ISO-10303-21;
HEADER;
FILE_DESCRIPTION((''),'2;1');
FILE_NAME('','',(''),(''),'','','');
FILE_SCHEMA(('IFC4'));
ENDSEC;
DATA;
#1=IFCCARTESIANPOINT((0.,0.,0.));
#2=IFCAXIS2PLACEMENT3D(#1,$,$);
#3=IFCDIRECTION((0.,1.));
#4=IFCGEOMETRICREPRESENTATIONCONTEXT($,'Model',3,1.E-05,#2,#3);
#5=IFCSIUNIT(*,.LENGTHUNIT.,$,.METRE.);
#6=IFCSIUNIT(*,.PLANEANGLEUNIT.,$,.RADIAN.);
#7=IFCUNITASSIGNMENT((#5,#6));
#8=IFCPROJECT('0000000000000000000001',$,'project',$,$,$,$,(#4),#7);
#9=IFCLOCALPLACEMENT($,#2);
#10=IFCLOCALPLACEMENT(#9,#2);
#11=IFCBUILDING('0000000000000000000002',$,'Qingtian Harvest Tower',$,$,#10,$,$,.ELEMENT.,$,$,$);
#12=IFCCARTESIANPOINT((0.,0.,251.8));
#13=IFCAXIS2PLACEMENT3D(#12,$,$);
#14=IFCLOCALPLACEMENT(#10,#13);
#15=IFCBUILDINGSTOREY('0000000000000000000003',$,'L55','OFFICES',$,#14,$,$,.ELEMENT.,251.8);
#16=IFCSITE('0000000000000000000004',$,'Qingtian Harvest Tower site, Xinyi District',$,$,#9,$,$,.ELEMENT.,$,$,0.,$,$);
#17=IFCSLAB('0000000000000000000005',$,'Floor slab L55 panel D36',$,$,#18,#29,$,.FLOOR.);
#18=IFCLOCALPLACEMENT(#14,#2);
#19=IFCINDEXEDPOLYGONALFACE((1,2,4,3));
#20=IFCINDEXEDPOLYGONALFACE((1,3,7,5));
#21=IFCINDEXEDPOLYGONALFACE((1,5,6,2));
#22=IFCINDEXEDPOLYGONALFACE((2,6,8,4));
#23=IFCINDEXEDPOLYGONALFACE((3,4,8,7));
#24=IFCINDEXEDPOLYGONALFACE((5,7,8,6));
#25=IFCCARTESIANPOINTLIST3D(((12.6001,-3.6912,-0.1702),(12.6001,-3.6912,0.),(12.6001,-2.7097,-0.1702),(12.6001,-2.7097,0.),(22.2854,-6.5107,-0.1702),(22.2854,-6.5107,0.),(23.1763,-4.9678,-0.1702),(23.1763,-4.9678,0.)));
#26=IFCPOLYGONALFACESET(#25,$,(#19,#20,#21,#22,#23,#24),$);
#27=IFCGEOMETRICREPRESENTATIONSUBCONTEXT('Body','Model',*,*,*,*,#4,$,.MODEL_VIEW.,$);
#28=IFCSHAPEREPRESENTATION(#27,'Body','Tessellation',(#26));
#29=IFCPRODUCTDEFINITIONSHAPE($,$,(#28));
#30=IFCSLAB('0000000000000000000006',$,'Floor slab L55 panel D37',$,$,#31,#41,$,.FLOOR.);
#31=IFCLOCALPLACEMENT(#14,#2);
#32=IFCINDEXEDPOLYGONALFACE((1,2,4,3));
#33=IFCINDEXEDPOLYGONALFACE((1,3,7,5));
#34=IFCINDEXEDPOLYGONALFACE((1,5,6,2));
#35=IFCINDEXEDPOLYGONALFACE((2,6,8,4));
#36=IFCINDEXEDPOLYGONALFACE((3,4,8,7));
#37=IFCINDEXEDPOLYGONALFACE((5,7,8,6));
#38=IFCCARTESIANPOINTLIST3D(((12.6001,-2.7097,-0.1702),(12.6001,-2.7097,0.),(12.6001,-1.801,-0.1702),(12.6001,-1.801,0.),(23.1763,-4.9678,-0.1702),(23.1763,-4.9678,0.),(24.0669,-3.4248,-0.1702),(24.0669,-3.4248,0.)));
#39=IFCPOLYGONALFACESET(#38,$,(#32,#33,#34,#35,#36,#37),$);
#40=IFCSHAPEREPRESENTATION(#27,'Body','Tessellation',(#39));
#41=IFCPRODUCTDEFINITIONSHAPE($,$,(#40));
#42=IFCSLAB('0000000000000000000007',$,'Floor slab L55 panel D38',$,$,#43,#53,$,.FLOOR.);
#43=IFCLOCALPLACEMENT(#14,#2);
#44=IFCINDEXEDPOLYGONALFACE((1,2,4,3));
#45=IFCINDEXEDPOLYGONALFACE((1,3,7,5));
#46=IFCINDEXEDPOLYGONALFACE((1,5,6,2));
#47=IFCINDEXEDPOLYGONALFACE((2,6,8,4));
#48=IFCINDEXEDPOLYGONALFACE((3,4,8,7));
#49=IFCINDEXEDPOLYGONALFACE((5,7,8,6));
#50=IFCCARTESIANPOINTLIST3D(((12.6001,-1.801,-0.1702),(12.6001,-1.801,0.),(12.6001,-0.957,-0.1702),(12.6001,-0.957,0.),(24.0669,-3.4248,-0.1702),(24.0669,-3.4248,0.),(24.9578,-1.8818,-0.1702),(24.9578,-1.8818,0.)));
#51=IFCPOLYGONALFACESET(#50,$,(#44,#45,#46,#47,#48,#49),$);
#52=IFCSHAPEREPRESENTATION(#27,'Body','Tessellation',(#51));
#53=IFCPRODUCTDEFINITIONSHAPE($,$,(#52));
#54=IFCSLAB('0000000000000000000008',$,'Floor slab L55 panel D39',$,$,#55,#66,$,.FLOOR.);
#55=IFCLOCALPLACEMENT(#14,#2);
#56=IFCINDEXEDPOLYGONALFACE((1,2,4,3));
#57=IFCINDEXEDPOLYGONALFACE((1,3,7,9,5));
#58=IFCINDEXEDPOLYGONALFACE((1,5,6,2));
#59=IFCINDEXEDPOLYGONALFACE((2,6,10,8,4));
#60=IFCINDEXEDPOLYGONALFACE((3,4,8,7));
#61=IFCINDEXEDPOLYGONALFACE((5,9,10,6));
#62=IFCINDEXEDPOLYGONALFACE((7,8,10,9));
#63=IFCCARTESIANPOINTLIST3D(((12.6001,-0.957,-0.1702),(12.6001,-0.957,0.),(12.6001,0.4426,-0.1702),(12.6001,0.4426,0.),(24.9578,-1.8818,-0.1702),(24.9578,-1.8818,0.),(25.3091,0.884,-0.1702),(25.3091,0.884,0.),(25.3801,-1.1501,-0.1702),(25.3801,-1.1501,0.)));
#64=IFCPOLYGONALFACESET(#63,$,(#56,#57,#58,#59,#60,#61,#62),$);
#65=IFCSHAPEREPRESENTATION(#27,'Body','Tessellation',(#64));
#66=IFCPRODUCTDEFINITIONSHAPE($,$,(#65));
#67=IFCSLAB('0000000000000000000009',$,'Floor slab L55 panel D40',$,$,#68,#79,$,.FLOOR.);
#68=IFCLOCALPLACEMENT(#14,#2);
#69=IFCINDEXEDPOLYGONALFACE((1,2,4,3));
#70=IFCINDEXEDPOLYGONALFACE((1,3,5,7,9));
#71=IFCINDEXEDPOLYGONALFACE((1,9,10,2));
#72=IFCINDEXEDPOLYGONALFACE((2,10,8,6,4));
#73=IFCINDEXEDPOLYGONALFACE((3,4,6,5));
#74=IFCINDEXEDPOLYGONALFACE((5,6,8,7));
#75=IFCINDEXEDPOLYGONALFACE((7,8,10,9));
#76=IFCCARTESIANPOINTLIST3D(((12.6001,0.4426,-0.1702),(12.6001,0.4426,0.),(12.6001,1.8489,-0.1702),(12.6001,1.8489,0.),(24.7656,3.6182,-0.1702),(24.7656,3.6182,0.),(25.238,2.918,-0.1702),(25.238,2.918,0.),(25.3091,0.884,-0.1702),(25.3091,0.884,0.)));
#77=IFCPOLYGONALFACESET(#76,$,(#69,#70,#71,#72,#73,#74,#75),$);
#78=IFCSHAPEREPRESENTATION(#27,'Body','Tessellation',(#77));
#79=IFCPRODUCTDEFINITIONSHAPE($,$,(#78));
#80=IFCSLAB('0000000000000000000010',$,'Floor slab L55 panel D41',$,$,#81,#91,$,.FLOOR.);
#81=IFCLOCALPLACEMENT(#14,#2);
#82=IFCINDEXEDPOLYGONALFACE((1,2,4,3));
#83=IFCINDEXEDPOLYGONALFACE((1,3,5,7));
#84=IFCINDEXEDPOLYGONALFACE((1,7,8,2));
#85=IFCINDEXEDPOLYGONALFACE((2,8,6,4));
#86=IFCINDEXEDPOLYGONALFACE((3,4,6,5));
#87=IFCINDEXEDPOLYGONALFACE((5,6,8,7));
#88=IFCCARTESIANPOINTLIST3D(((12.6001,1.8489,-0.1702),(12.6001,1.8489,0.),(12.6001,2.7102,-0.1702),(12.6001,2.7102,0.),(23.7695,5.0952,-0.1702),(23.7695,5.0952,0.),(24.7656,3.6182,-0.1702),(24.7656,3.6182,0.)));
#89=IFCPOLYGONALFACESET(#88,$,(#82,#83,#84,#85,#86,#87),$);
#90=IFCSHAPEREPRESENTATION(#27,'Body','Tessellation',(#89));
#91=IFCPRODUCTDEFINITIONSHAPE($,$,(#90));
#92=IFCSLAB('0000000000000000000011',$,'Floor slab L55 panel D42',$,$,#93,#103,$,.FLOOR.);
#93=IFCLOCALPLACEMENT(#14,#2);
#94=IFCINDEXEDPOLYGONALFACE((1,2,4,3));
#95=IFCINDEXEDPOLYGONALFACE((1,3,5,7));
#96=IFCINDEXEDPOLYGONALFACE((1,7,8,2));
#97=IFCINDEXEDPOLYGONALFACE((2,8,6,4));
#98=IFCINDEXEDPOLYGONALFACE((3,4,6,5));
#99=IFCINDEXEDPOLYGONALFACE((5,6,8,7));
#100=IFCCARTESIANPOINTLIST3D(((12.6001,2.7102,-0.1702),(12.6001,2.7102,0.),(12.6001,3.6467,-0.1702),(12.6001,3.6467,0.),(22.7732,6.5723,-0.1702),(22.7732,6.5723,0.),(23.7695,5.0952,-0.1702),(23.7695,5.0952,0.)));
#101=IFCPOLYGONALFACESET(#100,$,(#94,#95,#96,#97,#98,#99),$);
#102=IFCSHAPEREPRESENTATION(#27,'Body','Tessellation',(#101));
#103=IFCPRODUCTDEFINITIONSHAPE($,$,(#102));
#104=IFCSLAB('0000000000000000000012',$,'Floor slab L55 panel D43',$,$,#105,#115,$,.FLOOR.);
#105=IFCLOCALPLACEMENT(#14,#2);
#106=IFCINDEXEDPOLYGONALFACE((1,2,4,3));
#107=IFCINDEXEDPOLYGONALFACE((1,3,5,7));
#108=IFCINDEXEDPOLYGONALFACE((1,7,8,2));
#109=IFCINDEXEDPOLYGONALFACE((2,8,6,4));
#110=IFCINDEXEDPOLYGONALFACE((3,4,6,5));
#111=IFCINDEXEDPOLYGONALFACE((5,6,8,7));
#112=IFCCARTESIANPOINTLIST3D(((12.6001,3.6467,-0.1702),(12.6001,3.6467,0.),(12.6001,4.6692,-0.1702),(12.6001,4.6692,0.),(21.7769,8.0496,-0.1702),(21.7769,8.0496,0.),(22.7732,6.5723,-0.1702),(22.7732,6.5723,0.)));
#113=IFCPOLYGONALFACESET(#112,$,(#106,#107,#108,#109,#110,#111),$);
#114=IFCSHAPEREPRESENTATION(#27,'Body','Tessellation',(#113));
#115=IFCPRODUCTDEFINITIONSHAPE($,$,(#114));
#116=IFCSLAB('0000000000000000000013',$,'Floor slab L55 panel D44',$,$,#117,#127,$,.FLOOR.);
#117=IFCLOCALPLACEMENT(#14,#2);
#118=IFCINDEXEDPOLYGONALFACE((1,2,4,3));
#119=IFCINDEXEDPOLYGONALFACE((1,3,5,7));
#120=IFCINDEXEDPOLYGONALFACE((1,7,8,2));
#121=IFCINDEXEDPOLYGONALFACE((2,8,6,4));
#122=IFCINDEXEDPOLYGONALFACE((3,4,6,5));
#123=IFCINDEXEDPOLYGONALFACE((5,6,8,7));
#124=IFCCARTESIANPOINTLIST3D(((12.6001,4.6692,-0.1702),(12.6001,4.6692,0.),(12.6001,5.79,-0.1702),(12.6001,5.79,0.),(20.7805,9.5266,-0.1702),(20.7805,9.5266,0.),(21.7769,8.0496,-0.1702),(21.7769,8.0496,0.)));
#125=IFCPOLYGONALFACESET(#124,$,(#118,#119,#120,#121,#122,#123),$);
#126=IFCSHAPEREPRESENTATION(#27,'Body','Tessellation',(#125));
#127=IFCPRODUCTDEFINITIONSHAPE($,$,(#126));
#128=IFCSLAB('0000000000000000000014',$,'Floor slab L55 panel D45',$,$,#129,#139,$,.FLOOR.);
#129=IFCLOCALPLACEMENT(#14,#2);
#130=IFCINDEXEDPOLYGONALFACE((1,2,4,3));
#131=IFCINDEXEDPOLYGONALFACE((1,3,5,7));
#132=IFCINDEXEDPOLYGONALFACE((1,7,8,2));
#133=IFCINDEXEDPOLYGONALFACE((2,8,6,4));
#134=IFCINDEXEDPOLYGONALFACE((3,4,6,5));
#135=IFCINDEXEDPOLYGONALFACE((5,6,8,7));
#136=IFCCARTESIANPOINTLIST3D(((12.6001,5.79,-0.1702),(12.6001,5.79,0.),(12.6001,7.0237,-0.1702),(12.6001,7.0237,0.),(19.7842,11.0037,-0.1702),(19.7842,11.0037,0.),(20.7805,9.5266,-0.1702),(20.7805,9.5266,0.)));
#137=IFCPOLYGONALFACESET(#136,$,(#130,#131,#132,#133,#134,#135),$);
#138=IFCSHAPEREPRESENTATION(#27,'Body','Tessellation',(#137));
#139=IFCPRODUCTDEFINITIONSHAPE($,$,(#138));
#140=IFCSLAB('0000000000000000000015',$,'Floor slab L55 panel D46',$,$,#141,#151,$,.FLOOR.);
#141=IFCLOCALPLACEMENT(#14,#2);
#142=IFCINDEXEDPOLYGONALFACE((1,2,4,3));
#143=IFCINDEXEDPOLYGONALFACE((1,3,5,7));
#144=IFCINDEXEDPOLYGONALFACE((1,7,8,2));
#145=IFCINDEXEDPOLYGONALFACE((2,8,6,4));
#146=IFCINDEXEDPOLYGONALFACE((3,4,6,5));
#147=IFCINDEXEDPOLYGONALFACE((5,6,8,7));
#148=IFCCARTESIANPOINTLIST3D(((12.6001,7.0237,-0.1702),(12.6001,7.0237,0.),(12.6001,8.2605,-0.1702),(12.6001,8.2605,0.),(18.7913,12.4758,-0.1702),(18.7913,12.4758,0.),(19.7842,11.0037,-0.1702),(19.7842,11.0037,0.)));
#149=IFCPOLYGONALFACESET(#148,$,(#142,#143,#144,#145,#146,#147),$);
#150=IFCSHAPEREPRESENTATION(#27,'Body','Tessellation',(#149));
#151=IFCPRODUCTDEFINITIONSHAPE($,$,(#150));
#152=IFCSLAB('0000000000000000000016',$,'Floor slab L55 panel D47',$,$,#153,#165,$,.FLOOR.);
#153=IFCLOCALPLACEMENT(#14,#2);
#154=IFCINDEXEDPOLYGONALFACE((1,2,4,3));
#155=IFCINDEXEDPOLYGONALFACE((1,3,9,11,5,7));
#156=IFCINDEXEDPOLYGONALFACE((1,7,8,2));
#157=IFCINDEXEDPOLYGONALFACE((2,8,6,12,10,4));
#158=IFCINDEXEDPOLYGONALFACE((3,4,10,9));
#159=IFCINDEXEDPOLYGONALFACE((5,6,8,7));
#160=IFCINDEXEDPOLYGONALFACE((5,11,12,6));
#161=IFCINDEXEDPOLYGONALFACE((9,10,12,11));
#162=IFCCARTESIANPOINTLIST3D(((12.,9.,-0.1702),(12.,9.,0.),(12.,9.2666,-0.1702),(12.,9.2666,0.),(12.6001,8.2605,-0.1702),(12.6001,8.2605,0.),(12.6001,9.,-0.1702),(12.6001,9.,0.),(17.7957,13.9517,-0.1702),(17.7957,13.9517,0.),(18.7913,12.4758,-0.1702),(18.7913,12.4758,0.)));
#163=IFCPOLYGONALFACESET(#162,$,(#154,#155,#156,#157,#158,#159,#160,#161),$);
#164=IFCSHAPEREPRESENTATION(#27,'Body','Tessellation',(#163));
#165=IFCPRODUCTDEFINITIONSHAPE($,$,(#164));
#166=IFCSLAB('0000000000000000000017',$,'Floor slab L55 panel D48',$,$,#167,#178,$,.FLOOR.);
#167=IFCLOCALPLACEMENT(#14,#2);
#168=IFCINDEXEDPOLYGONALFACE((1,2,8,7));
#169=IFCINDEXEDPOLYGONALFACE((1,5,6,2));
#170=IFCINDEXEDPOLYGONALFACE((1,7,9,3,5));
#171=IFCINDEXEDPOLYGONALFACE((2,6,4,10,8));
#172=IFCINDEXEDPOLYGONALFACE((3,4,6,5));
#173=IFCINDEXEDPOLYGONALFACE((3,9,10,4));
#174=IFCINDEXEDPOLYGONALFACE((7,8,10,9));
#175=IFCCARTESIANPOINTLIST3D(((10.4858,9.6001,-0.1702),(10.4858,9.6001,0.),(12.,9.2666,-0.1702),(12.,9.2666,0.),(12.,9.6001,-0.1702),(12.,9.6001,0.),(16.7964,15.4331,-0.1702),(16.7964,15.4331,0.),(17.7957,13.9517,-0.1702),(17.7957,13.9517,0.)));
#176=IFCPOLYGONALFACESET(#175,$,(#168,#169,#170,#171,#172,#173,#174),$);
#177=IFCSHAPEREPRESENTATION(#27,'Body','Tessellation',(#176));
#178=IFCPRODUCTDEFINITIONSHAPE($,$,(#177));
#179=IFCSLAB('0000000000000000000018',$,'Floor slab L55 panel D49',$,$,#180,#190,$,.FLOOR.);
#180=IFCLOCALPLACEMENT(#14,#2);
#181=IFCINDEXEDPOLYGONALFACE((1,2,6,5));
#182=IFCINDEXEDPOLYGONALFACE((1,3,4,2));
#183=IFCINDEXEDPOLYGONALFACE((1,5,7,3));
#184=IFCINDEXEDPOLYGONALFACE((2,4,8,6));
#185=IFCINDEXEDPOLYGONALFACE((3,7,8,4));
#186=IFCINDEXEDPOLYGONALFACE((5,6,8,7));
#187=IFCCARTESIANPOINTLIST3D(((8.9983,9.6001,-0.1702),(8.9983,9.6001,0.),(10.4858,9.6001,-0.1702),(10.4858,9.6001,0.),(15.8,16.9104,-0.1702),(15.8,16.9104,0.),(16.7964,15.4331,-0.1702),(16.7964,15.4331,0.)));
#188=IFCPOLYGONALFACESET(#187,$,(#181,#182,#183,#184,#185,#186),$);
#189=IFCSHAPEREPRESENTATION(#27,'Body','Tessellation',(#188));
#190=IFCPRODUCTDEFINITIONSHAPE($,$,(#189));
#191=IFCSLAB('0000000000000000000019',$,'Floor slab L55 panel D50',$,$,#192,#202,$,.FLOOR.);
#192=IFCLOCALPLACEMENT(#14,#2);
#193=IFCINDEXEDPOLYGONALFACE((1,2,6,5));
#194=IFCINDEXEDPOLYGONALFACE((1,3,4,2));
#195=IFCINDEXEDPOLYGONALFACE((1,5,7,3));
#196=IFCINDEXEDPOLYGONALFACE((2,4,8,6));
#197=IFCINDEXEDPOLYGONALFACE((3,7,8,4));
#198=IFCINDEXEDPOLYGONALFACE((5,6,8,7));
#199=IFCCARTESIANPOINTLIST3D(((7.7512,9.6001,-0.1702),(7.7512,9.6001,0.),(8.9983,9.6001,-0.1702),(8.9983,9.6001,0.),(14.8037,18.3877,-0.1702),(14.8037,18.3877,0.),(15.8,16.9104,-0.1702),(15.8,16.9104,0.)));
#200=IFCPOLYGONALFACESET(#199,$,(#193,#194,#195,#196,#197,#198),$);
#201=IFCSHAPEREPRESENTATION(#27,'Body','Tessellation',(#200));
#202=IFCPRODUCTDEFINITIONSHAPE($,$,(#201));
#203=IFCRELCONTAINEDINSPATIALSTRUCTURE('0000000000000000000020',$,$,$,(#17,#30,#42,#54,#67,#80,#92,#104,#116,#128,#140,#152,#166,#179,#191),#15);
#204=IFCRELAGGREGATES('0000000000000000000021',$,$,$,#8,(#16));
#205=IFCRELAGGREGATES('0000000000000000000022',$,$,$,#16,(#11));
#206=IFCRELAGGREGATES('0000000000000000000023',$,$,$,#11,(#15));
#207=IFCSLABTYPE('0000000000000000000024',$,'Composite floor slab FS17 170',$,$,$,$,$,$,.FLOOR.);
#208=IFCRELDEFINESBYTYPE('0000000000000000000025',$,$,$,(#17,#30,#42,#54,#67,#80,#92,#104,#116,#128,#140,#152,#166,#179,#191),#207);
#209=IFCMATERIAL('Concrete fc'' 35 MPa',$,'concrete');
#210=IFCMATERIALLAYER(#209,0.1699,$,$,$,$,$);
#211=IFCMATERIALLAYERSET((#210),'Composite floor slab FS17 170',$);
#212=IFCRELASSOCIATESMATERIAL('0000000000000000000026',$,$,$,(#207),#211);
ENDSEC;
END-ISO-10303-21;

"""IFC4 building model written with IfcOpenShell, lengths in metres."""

from ifc_helpers import new_model, si_unit, direction, frame, origin, place, context, subcontext, project, spatial, polyline, outline, extrude, material, layer, layer_set, type_object, element, save


model = new_model("IFC4")

# Units and contexts
model_context = context("Model", 3, precision=1e-05, world=origin(), true_north=direction((0.0, 1.0)))
body_context = subcontext(model_context, "Body", "Model", "MODEL_VIEW")
ifc_project = project(units=[si_unit("LENGTHUNIT", "METRE"), si_unit("PLANEANGLEUNIT", "RADIAN")], contexts=[model_context])

# Site, building, storey
site_placement = place(None, origin())
site = spatial("IfcSite", under=ifc_project, at=site_placement, Name="Qingtian Harvest Tower site, Xinyi District", CompositionType="ELEMENT", RefElevation=0.0)
building_placement = place(site_placement, origin())
building = spatial("IfcBuilding", under=site, at=building_placement, Name="Qingtian Harvest Tower", CompositionType="ELEMENT")
storey_placement = place(building_placement, frame((0.0, 0.0, 251.8)))
storey = spatial("IfcBuildingStorey", under=building, at=storey_placement, Name="L55", Description="OFFICES", CompositionType="ELEMENT", Elevation=251.8)

# Slabs
ifc_material_1 = material(Name="Concrete fc' 35 MPa", Category="concrete")
ifc_layer_1 = layer(ifc_material_1, 0.1699)
ifc_layer_set_1 = layer_set([ifc_layer_1], Name="Composite floor slab FS17 170")
slab_type = type_object("IfcSlabType", Name="Composite floor slab FS17 170", PredefinedType="FLOOR", material=ifc_layer_set_1)
slab_1_placement = place(storey_placement, frame((0.0, 0.0, -0.1702)))
element("IfcSlab", 1, at=slab_1_placement, inside=storey, type_object=slab_type, Name="Floor slab L55 panel D36", PredefinedType="FLOOR", context=body_context, shape_type="SweptSolid", body=[
    extrude(outline(polyline([(12.6001, -2.7097), (23.1763, -4.9678), (22.2854, -6.5107), (12.6001, -3.6912), (12.6001, -2.7097)])), origin(), (0.0, 0.0, 1.0), 0.1702),
])
slab_2_placement = place(storey_placement, frame((0.0, 0.0, -0.1702)))
element("IfcSlab", 2, at=slab_2_placement, inside=storey, type_object=slab_type, Name="Floor slab L55 panel D37", PredefinedType="FLOOR", context=body_context, shape_type="SweptSolid", body=[
    extrude(outline(polyline([(12.6001, -1.801), (24.0669, -3.4248), (23.1763, -4.9678), (12.6001, -2.7097), (12.6001, -1.801)])), origin(), (0.0, 0.0, 1.0), 0.1702),
])
slab_3_placement = place(storey_placement, frame((0.0, 0.0, -0.1702)))
element("IfcSlab", 3, at=slab_3_placement, inside=storey, type_object=slab_type, Name="Floor slab L55 panel D38", PredefinedType="FLOOR", context=body_context, shape_type="SweptSolid", body=[
    extrude(outline(polyline([(12.6001, -0.957), (24.9578, -1.8818), (24.0669, -3.4248), (12.6001, -1.801), (12.6001, -0.957)])), origin(), (0.0, 0.0, 1.0), 0.1702),
])
slab_4_placement = place(storey_placement, frame((0.0, 0.0, -0.1702)))
element("IfcSlab", 4, at=slab_4_placement, inside=storey, type_object=slab_type, Name="Floor slab L55 panel D39", PredefinedType="FLOOR", context=body_context, shape_type="SweptSolid", body=[
    extrude(outline(polyline([(12.6001, -0.957), (12.6001, 0.4426), (25.3091, 0.884), (25.3801, -1.1501), (24.9578, -1.8818), (12.6001, -0.957)])), origin(), (0.0, 0.0, 1.0), 0.1702),
])
slab_5_placement = place(storey_placement, frame((0.0, 0.0, -0.1702)))
element("IfcSlab", 5, at=slab_5_placement, inside=storey, type_object=slab_type, Name="Floor slab L55 panel D40", PredefinedType="FLOOR", context=body_context, shape_type="SweptSolid", body=[
    extrude(outline(polyline([(12.6001, 0.4426), (12.6001, 1.8489), (24.7656, 3.6182), (25.238, 2.918), (25.3091, 0.884), (12.6001, 0.4426)])), origin(), (0.0, 0.0, 1.0), 0.1702),
])
slab_6_placement = place(storey_placement, frame((0.0, 0.0, -0.1702)))
element("IfcSlab", 6, at=slab_6_placement, inside=storey, type_object=slab_type, Name="Floor slab L55 panel D41", PredefinedType="FLOOR", context=body_context, shape_type="SweptSolid", body=[
    extrude(outline(polyline([(12.6001, 2.7102), (23.7695, 5.0952), (24.7656, 3.6182), (12.6001, 1.8489), (12.6001, 2.7102)])), origin(), (0.0, 0.0, 1.0), 0.1702),
])
slab_7_placement = place(storey_placement, frame((0.0, 0.0, -0.1702)))
element("IfcSlab", 7, at=slab_7_placement, inside=storey, type_object=slab_type, Name="Floor slab L55 panel D42", PredefinedType="FLOOR", context=body_context, shape_type="SweptSolid", body=[
    extrude(outline(polyline([(12.6001, 3.6467), (22.7732, 6.5723), (23.7695, 5.0952), (12.6001, 2.7102), (12.6001, 3.6467)])), origin(), (0.0, 0.0, 1.0), 0.1702),
])
slab_8_placement = place(storey_placement, frame((0.0, 0.0, -0.1702)))
element("IfcSlab", 8, at=slab_8_placement, inside=storey, type_object=slab_type, Name="Floor slab L55 panel D43", PredefinedType="FLOOR", context=body_context, shape_type="SweptSolid", body=[
    extrude(outline(polyline([(12.6001, 4.6692), (21.7769, 8.0496), (22.7732, 6.5723), (12.6001, 3.6467), (12.6001, 4.6692)])), origin(), (0.0, 0.0, 1.0), 0.1702),
])
slab_9_placement = place(storey_placement, frame((0.0, 0.0, -0.1702)))
element("IfcSlab", 9, at=slab_9_placement, inside=storey, type_object=slab_type, Name="Floor slab L55 panel D44", PredefinedType="FLOOR", context=body_context, shape_type="SweptSolid", body=[
    extrude(outline(polyline([(12.6001, 5.79), (20.7805, 9.5266), (21.7769, 8.0496), (12.6001, 4.6692), (12.6001, 5.79)])), origin(), (0.0, 0.0, 1.0), 0.1702),
])
slab_10_placement = place(storey_placement, frame((0.0, 0.0, -0.1702)))
element("IfcSlab", 10, at=slab_10_placement, inside=storey, type_object=slab_type, Name="Floor slab L55 panel D45", PredefinedType="FLOOR", context=body_context, shape_type="SweptSolid", body=[
    extrude(outline(polyline([(12.6001, 7.0237), (19.7842, 11.0037), (20.7805, 9.5266), (12.6001, 5.79), (12.6001, 7.0237)])), origin(), (0.0, 0.0, 1.0), 0.1702),
])
slab_11_placement = place(storey_placement, frame((0.0, 0.0, -0.1702)))
element("IfcSlab", 11, at=slab_11_placement, inside=storey, type_object=slab_type, Name="Floor slab L55 panel D46", PredefinedType="FLOOR", context=body_context, shape_type="SweptSolid", body=[
    extrude(outline(polyline([(12.6001, 8.2605), (18.7913, 12.4758), (19.7842, 11.0037), (12.6001, 7.0237), (12.6001, 8.2605)])), origin(), (0.0, 0.0, 1.0), 0.1702),
])
slab_12_placement = place(storey_placement, frame((0.0, 0.0, -0.1702)))
element("IfcSlab", 12, at=slab_12_placement, inside=storey, type_object=slab_type, Name="Floor slab L55 panel D47", PredefinedType="FLOOR", context=body_context, shape_type="SweptSolid", body=[
    extrude(outline(polyline([(12.6001, 9.0), (12.0, 9.0), (12.0, 9.2666), (17.7957, 13.9517), (18.7913, 12.4758), (12.6001, 8.2605), (12.6001, 9.0)])), origin(), (0.0, 0.0, 1.0), 0.1702),
])
slab_13_placement = place(storey_placement, frame((0.0, 0.0, -0.1702)))
element("IfcSlab", 13, at=slab_13_placement, inside=storey, type_object=slab_type, Name="Floor slab L55 panel D48", PredefinedType="FLOOR", context=body_context, shape_type="SweptSolid", body=[
    extrude(outline(polyline([(12.0, 9.6001), (10.4858, 9.6001), (16.7964, 15.4331), (17.7957, 13.9517), (12.0, 9.2666), (12.0, 9.6001)])), origin(), (0.0, 0.0, 1.0), 0.1702),
])
slab_14_placement = place(storey_placement, frame((0.0, 0.0, -0.1702)))
element("IfcSlab", 14, at=slab_14_placement, inside=storey, type_object=slab_type, Name="Floor slab L55 panel D49", PredefinedType="FLOOR", context=body_context, shape_type="SweptSolid", body=[
    extrude(outline(polyline([(8.9983, 9.6001), (15.8, 16.9104), (16.7964, 15.4331), (10.4858, 9.6001), (8.9983, 9.6001)])), origin(), (0.0, 0.0, 1.0), 0.1702),
])
slab_15_placement = place(storey_placement, frame((0.0, 0.0, -0.1702)))
element("IfcSlab", 15, at=slab_15_placement, inside=storey, type_object=slab_type, Name="Floor slab L55 panel D50", PredefinedType="FLOOR", context=body_context, shape_type="SweptSolid", body=[
    extrude(outline(polyline([(7.7512, 9.6001), (14.8037, 18.3877), (15.8, 16.9104), (8.9983, 9.6001), (7.7512, 9.6001)])), origin(), (0.0, 0.0, 1.0), 0.1702),
])

save(model, "model.ifc")
